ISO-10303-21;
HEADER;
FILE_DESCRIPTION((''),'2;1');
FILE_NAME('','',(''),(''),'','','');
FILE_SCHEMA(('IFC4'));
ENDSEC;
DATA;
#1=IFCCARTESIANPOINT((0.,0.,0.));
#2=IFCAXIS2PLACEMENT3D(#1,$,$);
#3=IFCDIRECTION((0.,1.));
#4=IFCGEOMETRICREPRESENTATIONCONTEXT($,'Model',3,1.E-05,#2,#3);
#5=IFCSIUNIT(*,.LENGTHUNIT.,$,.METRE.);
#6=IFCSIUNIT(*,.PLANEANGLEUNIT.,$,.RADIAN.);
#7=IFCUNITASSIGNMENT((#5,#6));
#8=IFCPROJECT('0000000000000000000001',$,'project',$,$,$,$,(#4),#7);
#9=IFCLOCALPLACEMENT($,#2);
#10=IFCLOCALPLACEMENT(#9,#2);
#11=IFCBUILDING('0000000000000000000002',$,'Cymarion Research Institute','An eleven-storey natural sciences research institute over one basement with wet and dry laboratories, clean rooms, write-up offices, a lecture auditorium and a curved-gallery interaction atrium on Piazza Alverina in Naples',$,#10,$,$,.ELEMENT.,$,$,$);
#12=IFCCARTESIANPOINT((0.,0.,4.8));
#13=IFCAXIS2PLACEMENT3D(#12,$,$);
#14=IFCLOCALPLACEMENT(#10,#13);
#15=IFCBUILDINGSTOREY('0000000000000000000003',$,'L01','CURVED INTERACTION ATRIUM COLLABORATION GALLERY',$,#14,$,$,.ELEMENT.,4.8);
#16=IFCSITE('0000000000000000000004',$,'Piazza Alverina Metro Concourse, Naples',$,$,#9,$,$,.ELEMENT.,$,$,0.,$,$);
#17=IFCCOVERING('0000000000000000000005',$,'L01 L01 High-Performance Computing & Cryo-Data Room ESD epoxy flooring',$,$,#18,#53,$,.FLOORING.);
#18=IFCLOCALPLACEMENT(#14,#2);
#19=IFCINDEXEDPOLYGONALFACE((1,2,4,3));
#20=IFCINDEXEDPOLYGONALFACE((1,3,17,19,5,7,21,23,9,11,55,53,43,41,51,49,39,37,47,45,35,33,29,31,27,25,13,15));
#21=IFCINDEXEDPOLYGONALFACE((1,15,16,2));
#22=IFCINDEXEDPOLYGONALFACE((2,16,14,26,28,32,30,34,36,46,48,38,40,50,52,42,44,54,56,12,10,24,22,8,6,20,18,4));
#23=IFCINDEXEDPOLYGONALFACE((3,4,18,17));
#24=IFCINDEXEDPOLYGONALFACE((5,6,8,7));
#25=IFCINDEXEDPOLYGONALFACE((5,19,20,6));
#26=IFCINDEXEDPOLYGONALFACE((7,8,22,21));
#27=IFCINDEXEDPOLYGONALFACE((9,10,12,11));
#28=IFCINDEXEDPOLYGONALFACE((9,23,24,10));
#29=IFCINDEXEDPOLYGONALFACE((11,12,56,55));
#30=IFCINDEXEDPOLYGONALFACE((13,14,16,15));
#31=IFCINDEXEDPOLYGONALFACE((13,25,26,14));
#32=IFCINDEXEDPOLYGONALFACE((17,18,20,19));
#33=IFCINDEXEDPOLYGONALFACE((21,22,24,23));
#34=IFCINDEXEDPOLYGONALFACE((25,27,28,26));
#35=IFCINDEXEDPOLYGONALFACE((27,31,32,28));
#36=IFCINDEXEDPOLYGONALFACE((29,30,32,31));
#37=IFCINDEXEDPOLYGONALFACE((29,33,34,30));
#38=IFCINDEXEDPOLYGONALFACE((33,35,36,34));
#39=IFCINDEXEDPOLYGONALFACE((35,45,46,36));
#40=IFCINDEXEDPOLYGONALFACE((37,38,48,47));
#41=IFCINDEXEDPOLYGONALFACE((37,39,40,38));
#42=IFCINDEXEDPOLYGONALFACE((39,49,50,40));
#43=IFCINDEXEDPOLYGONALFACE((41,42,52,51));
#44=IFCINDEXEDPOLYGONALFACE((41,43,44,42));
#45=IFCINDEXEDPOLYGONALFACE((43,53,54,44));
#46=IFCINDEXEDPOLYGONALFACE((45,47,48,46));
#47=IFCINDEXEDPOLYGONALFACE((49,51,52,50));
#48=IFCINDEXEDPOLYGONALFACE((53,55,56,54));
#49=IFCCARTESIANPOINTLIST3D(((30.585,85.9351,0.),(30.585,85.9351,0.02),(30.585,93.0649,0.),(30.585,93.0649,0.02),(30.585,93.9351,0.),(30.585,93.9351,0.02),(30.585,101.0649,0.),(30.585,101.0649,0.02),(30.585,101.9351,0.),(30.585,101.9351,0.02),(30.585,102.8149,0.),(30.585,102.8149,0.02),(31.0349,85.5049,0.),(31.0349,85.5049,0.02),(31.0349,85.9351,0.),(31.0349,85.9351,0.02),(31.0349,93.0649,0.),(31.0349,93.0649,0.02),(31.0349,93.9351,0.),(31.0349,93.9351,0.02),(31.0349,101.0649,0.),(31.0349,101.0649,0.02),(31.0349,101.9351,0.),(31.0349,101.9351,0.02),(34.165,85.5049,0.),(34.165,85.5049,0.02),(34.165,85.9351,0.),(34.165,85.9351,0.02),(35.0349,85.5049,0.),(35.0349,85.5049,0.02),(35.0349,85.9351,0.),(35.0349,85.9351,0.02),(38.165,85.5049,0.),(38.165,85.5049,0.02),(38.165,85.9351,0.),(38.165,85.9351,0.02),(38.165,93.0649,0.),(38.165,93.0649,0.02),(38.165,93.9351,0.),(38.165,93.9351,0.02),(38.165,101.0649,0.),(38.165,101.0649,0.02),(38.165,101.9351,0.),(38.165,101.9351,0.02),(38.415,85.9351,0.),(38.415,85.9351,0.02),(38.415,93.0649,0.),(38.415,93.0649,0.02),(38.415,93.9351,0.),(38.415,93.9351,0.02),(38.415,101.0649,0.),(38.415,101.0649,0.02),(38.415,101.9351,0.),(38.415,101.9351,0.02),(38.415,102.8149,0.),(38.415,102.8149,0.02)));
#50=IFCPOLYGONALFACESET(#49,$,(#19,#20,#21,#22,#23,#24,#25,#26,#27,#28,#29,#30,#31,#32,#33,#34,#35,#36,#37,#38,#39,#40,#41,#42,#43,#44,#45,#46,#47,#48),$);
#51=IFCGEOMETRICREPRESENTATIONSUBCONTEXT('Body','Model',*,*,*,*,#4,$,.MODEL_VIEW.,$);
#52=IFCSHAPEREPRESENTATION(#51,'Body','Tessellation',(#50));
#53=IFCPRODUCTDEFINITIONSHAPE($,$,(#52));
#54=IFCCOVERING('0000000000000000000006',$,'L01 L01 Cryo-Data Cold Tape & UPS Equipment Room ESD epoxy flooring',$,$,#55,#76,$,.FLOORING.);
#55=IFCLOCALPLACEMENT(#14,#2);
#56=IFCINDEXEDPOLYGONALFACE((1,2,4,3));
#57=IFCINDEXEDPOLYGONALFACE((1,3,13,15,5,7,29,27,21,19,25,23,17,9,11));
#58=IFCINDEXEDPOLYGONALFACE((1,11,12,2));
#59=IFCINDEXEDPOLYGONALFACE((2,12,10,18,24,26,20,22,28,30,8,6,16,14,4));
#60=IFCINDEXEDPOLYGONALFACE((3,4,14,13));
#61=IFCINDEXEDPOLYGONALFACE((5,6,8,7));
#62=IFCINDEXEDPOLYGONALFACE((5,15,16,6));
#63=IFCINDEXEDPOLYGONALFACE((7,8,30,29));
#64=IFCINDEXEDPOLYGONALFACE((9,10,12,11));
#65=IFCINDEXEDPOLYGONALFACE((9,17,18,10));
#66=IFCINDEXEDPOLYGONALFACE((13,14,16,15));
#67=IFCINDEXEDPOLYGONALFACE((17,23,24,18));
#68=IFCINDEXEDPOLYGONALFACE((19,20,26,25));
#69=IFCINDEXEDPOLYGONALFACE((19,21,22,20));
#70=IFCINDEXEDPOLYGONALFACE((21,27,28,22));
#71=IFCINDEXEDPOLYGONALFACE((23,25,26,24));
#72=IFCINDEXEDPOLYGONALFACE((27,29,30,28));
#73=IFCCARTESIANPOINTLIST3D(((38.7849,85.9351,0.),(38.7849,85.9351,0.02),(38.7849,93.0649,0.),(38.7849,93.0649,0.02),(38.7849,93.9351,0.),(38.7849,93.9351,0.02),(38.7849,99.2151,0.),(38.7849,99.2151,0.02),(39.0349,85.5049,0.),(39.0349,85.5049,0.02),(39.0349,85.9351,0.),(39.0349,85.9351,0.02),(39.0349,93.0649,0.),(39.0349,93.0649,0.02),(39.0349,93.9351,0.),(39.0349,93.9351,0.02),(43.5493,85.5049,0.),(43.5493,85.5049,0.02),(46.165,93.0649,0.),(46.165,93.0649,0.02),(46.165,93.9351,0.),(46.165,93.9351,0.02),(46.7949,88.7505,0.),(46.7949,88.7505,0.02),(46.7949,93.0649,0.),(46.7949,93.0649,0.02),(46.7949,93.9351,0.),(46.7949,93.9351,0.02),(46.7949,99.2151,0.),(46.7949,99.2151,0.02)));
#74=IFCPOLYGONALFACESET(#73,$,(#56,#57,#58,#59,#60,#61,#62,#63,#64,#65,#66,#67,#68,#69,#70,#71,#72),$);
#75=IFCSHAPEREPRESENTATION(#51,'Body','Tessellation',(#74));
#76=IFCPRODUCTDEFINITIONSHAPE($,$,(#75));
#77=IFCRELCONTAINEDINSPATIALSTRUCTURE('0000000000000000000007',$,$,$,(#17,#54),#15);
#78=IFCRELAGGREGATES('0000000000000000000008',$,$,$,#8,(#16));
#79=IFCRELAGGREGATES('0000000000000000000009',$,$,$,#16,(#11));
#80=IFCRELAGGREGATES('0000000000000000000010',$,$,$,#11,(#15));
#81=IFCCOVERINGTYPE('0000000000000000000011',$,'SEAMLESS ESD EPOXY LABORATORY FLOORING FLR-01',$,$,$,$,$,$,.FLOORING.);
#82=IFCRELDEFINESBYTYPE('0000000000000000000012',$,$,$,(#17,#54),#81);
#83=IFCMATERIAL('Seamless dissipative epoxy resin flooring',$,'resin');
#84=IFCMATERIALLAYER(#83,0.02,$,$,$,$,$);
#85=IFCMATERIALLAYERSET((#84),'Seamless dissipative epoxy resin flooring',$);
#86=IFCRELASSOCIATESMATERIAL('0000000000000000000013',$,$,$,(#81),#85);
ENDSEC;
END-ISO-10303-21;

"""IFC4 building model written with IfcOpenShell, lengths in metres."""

from ifc_helpers import new_model, si_unit, direction, frame, origin, place, context, subcontext, project, spatial, polyline, outline, extrude, material, layer, layer_set, type_object, element, save


model = new_model("IFC4")

# Units and contexts
model_context = context("Model", 3, precision=1e-05, world=origin(), true_north=direction((0.0, 1.0)))
body_context = subcontext(model_context, "Body", "Model", "MODEL_VIEW")
ifc_project = project(units=[si_unit("LENGTHUNIT", "METRE"), si_unit("PLANEANGLEUNIT", "RADIAN")], contexts=[model_context])

# Site, building, storey
site_placement = place(None, origin())
site = spatial("IfcSite", under=ifc_project, at=site_placement, Name="Piazza Alverina Metro Concourse, Naples", CompositionType="ELEMENT", RefElevation=0.0)
building_placement = place(site_placement, origin())
building = spatial("IfcBuilding", under=site, at=building_placement, Name="Cymarion Research Institute", Description="An eleven-storey natural sciences research institute over one basement with wet and dry laboratories, clean rooms, write-up offices, a lecture auditorium and a curved-gallery interaction atrium on Piazza Alverina in Naples", CompositionType="ELEMENT")
storey_placement = place(building_placement, frame((0.0, 0.0, 4.8)))
storey = spatial("IfcBuildingStorey", under=building, at=storey_placement, Name="L01", Description="CURVED INTERACTION ATRIUM COLLABORATION GALLERY", CompositionType="ELEMENT", Elevation=4.8)

# Coverings
ifc_material_1 = material(Name="Seamless dissipative epoxy resin flooring", Category="resin")
ifc_layer_1 = layer(ifc_material_1, 0.02)
ifc_layer_set_1 = layer_set([ifc_layer_1], Name="Seamless dissipative epoxy resin flooring")
covering_type_1 = type_object("IfcCoveringType", Name="SEAMLESS ESD EPOXY LABORATORY FLOORING FLR-01", PredefinedType="FLOORING", material=ifc_layer_set_1)
covering_1_placement = place(storey_placement, origin())
element("IfcCovering", 1, at=covering_1_placement, inside=storey, type_object=covering_type_1, Name="L01 L01 High-Performance Computing & Cryo-Data Room ESD epoxy flooring", PredefinedType="FLOORING", context=body_context, shape_type="SweptSolid", body=[
    extrude(outline(polyline([(38.415, 102.8149), (38.415, 101.9351), (38.165, 101.9351), (38.165, 101.0649), (38.415, 101.0649), (38.415, 93.9351), (38.165, 93.9351), (38.165, 93.0649), (38.415, 93.0649), (38.415, 85.9351), (38.165, 85.9351), (38.165, 85.5049), (35.0349, 85.5049), (35.0349, 85.9351), (34.165, 85.9351), (34.165, 85.5049), (31.0349, 85.5049), (31.0349, 85.9351), (30.585, 85.9351), (30.585, 93.0649), (31.0349, 93.0649), (31.0349, 93.9351), (30.585, 93.9351), (30.585, 101.0649), (31.0349, 101.0649), (31.0349, 101.9351), (30.585, 101.9351), (30.585, 102.8149), (38.415, 102.8149)])), origin(), (0.0, 0.0, 1.0), 0.02),
])
covering_2_placement = place(storey_placement, origin())
element("IfcCovering", 2, at=covering_2_placement, inside=storey, type_object=covering_type_1, Name="L01 L01 Cryo-Data Cold Tape & UPS Equipment Room ESD epoxy flooring", PredefinedType="FLOORING", context=body_context, shape_type="SweptSolid", body=[
    extrude(outline(polyline([(46.7949, 93.0649), (46.7949, 88.7505), (43.5493, 85.5049), (39.0349, 85.5049), (39.0349, 85.9351), (38.7849, 85.9351), (38.7849, 93.0649), (39.0349, 93.0649), (39.0349, 93.9351), (38.7849, 93.9351), (38.7849, 99.2151), (46.7949, 99.2151), (46.7949, 93.9351), (46.165, 93.9351), (46.165, 93.0649), (46.7949, 93.0649)])), origin(), (0.0, 0.0, 1.0), 0.02),
])

save(model, "model.ifc")
